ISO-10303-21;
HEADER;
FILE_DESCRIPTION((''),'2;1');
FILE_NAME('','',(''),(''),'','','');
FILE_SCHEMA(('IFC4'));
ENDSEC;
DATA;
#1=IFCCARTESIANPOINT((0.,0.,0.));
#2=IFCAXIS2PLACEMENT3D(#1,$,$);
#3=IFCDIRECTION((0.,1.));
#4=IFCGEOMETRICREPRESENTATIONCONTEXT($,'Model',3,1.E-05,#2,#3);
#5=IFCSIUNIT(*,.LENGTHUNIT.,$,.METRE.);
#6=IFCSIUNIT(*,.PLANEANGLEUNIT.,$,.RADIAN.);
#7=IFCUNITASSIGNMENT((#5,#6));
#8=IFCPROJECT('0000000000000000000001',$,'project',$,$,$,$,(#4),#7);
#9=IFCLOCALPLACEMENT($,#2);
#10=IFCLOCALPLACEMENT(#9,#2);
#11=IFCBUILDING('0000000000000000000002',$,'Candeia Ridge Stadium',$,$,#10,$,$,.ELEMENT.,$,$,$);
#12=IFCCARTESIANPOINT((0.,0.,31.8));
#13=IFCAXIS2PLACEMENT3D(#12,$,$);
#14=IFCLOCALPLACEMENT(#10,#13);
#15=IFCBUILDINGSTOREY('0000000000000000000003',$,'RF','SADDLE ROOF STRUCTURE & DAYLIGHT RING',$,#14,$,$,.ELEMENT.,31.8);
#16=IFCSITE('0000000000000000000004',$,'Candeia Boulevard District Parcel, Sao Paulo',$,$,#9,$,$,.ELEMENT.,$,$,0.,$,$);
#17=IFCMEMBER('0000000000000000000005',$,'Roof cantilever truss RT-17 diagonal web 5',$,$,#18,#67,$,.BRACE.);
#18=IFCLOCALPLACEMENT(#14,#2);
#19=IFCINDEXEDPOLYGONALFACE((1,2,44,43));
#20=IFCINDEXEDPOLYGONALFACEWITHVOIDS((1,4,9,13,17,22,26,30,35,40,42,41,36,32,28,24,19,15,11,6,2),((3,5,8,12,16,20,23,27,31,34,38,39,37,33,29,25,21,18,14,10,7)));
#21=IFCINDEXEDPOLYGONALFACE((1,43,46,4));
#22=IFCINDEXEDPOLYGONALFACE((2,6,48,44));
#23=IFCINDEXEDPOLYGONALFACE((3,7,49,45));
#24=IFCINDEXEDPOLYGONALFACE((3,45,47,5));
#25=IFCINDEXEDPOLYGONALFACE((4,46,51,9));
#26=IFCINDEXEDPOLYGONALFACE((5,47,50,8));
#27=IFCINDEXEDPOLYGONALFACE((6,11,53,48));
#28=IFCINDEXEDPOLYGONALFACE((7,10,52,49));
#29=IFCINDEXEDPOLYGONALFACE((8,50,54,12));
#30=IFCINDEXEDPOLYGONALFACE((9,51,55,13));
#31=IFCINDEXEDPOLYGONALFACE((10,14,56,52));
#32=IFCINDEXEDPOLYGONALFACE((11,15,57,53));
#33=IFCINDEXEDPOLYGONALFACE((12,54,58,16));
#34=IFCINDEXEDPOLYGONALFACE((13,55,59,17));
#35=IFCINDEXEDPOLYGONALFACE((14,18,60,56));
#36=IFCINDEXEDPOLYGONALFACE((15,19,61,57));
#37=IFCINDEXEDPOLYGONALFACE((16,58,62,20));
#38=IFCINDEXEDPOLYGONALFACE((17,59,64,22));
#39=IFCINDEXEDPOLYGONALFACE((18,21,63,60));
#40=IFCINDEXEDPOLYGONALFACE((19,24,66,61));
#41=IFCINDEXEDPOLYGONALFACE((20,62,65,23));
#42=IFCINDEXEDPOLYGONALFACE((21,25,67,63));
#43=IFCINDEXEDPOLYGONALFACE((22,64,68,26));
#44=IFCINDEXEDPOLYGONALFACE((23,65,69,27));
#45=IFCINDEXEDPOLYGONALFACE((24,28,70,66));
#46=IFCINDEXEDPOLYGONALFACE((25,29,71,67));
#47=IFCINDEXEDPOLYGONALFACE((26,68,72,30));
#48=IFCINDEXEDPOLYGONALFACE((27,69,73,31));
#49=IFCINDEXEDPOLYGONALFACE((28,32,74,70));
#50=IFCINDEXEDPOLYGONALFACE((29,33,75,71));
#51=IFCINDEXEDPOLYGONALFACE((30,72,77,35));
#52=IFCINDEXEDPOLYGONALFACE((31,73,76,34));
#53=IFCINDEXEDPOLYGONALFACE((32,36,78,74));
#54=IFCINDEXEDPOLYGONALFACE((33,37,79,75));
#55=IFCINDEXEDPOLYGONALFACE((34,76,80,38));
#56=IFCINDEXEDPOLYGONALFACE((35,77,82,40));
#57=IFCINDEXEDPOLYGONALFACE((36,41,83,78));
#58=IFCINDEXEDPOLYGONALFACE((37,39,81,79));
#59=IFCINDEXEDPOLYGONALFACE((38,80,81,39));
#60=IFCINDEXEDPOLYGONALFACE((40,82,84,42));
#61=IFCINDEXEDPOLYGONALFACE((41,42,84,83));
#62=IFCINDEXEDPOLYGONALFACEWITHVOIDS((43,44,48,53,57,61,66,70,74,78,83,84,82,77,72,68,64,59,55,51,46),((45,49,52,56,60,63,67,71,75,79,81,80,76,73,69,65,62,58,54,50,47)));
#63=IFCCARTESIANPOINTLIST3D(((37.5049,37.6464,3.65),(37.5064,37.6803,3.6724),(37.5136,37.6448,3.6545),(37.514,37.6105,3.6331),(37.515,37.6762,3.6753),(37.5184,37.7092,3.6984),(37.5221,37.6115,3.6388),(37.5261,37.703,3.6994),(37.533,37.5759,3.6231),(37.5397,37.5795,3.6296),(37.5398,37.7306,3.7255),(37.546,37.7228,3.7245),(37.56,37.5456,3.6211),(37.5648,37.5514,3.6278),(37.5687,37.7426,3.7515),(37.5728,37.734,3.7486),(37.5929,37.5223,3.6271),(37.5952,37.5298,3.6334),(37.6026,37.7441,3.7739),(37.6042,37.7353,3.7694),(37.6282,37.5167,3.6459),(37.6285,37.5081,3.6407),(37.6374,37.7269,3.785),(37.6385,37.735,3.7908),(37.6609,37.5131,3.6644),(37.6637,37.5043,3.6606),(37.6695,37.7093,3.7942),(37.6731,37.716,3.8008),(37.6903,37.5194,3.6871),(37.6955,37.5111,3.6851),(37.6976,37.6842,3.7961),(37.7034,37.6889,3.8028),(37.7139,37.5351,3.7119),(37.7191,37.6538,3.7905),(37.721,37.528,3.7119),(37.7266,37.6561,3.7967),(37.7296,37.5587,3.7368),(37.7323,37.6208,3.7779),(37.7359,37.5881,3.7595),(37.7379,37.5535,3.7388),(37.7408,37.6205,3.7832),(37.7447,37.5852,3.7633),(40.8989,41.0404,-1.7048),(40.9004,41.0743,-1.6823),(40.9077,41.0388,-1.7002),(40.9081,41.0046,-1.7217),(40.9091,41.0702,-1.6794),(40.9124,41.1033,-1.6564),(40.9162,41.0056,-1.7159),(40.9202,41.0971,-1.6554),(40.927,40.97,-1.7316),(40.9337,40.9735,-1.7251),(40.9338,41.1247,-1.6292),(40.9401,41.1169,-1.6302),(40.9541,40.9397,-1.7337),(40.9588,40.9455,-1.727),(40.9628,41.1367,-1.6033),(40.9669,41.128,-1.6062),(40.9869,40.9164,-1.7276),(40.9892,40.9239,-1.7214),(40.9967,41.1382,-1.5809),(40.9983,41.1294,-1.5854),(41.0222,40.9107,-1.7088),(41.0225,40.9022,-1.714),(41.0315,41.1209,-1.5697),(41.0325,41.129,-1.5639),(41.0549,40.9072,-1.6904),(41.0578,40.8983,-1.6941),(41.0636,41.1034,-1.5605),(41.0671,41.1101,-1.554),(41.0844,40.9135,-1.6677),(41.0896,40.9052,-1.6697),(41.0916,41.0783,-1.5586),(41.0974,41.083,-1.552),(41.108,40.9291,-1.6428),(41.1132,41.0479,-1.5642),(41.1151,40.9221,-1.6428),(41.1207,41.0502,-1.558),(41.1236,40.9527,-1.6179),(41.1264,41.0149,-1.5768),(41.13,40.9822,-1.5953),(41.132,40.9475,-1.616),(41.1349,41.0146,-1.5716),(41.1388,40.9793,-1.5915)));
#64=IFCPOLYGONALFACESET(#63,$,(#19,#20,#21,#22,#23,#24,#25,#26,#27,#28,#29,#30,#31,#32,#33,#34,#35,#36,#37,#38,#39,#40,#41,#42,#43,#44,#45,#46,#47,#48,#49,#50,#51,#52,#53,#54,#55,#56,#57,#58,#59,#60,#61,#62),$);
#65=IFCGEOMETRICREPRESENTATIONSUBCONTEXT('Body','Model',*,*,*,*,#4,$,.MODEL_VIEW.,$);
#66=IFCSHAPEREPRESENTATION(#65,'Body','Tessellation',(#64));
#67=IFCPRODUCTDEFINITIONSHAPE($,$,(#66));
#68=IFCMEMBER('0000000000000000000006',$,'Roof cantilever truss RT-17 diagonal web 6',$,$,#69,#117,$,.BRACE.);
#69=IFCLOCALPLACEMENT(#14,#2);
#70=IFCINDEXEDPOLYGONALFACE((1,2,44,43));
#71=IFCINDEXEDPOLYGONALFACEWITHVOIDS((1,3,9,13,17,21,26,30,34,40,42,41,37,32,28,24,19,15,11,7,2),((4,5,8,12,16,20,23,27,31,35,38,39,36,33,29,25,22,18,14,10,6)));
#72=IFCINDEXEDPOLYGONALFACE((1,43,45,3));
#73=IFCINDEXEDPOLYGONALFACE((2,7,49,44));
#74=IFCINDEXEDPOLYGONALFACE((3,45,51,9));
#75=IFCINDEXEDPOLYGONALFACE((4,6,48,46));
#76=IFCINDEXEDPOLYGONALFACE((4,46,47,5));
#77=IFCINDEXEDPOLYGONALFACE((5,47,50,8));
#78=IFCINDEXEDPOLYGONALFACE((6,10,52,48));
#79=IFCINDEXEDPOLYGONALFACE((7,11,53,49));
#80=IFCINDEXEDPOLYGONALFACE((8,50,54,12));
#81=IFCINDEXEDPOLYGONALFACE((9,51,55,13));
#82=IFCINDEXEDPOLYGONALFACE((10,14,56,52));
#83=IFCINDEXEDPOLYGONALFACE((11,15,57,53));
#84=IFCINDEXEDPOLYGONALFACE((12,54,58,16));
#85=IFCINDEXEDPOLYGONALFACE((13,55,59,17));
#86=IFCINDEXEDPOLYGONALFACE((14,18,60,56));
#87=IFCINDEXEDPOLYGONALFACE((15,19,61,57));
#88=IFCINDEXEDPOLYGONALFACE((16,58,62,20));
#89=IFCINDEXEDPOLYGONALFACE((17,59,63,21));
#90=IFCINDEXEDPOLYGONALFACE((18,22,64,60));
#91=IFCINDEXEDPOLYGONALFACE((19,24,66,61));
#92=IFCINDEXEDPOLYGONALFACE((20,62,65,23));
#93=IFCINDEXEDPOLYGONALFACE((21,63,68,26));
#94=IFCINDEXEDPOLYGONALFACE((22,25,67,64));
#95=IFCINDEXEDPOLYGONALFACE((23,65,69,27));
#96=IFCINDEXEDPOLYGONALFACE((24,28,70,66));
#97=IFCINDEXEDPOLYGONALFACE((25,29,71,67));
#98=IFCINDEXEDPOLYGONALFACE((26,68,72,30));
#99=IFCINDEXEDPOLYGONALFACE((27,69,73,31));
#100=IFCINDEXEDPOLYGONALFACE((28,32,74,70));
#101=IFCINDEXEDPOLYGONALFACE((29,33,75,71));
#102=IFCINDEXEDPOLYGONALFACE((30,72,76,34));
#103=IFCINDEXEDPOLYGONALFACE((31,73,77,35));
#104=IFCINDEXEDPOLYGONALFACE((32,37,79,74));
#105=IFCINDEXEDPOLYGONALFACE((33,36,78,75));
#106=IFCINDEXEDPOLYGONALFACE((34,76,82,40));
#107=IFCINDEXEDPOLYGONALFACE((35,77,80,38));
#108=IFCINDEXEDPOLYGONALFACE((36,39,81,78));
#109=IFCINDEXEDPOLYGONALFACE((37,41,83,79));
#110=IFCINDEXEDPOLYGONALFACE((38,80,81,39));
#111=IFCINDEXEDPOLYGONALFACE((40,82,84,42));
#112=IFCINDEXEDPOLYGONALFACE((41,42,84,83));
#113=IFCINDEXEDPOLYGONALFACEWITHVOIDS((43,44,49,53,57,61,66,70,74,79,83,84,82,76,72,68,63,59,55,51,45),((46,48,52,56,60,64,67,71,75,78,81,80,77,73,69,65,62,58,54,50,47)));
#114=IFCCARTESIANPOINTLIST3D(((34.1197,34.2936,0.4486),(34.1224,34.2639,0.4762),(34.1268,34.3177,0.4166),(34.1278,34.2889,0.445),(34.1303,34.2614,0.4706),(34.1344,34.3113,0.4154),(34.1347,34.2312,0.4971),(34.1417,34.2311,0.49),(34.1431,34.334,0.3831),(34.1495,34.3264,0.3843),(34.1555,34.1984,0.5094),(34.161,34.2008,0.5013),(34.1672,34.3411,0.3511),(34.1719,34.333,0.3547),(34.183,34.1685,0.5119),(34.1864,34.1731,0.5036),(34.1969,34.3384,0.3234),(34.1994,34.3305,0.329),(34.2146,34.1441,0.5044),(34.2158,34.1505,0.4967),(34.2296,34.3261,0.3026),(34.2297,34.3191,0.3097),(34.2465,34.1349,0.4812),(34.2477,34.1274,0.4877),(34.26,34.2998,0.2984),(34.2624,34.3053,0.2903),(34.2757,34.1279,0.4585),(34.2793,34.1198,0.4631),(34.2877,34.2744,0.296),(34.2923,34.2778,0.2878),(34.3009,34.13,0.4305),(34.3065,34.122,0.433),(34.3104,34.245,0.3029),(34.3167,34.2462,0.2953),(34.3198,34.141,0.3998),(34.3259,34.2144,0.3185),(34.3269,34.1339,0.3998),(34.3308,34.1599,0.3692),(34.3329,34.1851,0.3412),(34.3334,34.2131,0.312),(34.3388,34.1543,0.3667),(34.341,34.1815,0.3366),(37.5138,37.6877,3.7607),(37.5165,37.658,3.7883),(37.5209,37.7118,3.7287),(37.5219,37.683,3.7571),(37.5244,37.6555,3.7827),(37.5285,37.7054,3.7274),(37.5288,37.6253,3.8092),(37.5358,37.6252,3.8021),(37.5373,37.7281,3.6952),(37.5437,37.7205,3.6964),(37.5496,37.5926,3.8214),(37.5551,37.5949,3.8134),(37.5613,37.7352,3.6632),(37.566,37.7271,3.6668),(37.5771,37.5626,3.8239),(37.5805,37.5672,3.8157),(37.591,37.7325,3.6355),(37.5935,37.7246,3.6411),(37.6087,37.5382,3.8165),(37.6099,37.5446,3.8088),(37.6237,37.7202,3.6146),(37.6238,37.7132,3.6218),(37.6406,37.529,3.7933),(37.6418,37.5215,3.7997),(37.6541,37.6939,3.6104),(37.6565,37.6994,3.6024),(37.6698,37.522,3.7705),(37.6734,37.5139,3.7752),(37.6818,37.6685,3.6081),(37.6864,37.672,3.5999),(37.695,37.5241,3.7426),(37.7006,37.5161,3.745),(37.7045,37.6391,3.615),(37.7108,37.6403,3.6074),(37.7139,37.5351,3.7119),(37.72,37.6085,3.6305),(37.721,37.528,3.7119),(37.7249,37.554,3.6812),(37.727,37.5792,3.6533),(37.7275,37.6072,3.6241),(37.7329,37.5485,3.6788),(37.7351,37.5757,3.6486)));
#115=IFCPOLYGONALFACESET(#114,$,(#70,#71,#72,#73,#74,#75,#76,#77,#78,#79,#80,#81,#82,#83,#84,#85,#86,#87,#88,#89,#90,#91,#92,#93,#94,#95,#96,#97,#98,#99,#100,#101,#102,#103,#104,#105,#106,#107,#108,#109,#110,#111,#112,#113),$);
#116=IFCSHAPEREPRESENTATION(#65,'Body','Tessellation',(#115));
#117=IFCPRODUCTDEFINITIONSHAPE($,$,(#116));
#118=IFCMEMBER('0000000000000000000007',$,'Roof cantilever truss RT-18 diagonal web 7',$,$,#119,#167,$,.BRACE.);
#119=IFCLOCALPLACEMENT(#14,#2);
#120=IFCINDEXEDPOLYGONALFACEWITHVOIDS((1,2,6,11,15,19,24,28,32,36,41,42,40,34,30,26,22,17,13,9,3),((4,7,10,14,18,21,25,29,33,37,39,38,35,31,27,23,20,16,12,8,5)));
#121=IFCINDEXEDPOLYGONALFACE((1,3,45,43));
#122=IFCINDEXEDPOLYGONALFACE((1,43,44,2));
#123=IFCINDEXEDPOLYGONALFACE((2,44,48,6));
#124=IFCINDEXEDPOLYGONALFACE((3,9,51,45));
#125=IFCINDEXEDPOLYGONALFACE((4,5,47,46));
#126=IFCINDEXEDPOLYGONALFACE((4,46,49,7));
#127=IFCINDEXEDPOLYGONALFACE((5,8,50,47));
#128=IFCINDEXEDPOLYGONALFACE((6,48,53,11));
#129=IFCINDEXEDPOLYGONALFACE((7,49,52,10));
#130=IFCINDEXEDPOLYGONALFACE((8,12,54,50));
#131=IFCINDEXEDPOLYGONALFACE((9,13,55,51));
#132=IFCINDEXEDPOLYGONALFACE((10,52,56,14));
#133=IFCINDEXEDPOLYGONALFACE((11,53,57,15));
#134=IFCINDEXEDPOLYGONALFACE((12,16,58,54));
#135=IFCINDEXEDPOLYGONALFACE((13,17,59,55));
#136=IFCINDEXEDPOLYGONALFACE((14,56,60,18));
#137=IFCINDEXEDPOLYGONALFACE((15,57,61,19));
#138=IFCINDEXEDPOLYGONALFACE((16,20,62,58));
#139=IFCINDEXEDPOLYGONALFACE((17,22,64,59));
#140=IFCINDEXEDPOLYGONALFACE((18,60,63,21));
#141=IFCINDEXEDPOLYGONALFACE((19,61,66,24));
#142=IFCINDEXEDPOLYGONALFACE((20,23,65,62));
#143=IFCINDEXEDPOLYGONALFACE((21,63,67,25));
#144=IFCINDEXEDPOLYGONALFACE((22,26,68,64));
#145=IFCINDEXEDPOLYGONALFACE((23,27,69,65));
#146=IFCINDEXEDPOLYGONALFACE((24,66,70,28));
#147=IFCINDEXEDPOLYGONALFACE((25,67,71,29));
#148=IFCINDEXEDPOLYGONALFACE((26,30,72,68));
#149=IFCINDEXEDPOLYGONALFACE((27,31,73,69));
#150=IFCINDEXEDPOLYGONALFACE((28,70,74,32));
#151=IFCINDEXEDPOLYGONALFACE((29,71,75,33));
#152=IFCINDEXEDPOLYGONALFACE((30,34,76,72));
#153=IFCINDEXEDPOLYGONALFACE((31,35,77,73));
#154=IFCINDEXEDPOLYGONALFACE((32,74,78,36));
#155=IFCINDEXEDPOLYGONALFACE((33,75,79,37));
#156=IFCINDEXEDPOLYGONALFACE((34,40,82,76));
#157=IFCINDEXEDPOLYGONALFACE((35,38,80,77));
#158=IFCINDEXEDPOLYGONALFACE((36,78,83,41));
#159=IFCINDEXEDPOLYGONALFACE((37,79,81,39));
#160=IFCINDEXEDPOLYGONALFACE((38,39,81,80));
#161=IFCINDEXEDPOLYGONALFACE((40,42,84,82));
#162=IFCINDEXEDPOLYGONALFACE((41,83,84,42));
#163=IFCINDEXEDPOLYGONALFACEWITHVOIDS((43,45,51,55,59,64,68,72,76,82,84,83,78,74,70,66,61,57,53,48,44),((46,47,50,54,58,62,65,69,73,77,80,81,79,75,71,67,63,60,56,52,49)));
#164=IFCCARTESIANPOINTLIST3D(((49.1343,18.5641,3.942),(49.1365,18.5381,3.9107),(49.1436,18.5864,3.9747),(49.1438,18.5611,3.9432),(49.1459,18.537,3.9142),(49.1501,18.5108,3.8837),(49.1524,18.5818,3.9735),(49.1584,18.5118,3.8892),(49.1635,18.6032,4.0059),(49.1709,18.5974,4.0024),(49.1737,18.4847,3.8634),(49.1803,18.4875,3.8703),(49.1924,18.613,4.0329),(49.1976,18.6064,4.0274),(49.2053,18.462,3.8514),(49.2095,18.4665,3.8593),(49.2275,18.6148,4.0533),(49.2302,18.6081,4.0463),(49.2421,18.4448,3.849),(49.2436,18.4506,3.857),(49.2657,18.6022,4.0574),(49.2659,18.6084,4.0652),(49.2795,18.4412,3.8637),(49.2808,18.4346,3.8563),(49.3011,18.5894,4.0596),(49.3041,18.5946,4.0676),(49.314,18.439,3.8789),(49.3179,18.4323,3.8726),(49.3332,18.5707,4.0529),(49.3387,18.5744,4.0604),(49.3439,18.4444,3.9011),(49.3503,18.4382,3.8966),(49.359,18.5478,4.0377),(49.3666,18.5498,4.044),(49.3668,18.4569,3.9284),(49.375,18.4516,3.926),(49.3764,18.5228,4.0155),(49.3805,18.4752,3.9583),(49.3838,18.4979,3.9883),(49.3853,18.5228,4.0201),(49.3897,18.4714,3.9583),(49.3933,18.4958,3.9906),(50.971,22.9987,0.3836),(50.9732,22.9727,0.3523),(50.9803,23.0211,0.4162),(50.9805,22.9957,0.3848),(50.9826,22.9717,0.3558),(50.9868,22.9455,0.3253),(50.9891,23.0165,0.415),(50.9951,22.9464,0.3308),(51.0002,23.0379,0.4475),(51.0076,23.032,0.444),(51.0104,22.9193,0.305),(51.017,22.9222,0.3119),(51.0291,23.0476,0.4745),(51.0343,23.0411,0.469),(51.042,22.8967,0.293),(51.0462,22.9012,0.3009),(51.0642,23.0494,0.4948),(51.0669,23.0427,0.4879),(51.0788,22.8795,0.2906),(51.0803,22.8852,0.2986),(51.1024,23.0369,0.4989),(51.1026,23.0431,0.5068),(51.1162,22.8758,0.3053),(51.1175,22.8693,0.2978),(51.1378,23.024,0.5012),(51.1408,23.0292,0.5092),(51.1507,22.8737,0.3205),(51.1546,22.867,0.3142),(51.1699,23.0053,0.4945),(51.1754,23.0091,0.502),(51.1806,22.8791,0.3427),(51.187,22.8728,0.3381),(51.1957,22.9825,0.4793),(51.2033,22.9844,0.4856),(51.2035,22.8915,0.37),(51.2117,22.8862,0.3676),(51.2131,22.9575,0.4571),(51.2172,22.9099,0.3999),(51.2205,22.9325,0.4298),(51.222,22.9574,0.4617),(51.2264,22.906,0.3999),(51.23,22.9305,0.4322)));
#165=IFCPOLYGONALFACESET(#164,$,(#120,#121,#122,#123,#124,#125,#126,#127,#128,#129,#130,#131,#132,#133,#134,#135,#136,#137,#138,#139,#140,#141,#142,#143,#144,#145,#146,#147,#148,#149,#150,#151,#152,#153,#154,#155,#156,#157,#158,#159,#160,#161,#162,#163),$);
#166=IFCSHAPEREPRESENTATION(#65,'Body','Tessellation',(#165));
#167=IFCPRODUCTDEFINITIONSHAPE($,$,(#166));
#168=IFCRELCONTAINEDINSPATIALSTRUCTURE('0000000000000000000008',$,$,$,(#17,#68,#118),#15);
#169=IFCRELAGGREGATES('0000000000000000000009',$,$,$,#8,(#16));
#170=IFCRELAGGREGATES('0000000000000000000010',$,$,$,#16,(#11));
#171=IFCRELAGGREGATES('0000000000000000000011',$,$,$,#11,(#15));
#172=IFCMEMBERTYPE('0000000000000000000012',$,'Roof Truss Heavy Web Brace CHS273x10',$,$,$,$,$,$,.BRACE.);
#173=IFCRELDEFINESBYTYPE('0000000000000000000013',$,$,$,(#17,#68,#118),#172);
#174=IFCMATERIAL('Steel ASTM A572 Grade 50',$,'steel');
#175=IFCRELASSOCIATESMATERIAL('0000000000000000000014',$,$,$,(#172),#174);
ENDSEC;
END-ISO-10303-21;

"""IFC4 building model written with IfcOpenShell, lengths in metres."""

from ifc_helpers import new_model, si_unit, direction, frame, origin, origin_2d, place, context, subcontext, project, spatial, hollow_circle, extrude, material, material_profile, profile_set, type_object, element, save


model = new_model("IFC4")

# Units and contexts
model_context = context("Model", 3, precision=1e-05, world=origin(), true_north=direction((0.0, 1.0)))
body_context = subcontext(model_context, "Body", "Model", "MODEL_VIEW")
ifc_project = project(units=[si_unit("LENGTHUNIT", "METRE"), si_unit("PLANEANGLEUNIT", "RADIAN")], contexts=[model_context])

# Site, building, storey
site_placement = place(None, origin())
site = spatial("IfcSite", under=ifc_project, at=site_placement, Name="Candeia Boulevard District Parcel, Sao Paulo", CompositionType="ELEMENT", RefElevation=0.0)
building_placement = place(site_placement, origin())
building = spatial("IfcBuilding", under=site, at=building_placement, Name="Candeia Ridge Stadium", CompositionType="ELEMENT")
storey_placement = place(building_placement, frame((0.0, 0.0, 31.8)))
storey = spatial("IfcBuildingStorey", under=building, at=storey_placement, Name="RF", Description="SADDLE ROOF STRUCTURE & DAYLIGHT RING", CompositionType="ELEMENT", Elevation=31.8)

# Shared definitions
ifc_material_1 = material(Name="Steel ASTM A572 Grade 50", Category="steel")

# Members
ifc_material_profile_1 = material_profile(ifc_material_1, hollow_circle(Radius=0.1365, WallThickness=0.01, at=origin_2d()), Name="CHS273x10", Category="steel")
ifc_profile_set_1 = profile_set([ifc_material_profile_1], Name="Steel ASTM A572 Grade 50")
member_type_1 = type_object("IfcMemberType", Name="Roof Truss Heavy Web Brace CHS273x10", PredefinedType="BRACE", material=ifc_profile_set_1)
member_1_placement = place(storey_placement, frame((41.0186, 41.0186, -1.6428), z_axis=(-0.471977, -0.471977, 0.744631), x_axis=(0.707107, -0.707107, 0.0)))
element("IfcMember", 1, at=member_1_placement, inside=storey, type_object=member_type_1, Name="Roof cantilever truss RT-17 diagonal web 5", PredefinedType="BRACE", context=body_context, shape_type="SweptSolid", body=[
    extrude(hollow_circle(Radius=0.1365, WallThickness=0.01, at=origin_2d()), origin(), (0.0, 0.0, 1.0), 7.1912),
])
member_2_placement = place(storey_placement, frame((37.6245, 37.6245, 3.7119), z_axis=(-0.582001, -0.582001, -0.567935), x_axis=(0.707107, -0.707107, 0.0)))
element("IfcMember", 2, at=member_2_placement, inside=storey, type_object=member_type_1, Name="Roof cantilever truss RT-17 diagonal web 6", PredefinedType="BRACE", context=body_context, shape_type="SweptSolid", body=[
    extrude(hollow_circle(Radius=0.1365, WallThickness=0.01, at=origin_2d()), origin(), (0.0, 0.0, 1.0), 5.8318),
])
member_3_placement = place(storey_placement, frame((51.1003, 22.9583, 0.3999), z_axis=(-0.307392, -0.742188, 0.59554), x_axis=(0.923893, -0.38265, 0.0)))
element("IfcMember", 3, at=member_3_placement, inside=storey, type_object=member_type_1, Name="Roof cantilever truss RT-18 diagonal web 7", PredefinedType="BRACE", context=body_context, shape_type="SweptSolid", body=[
    extrude(hollow_circle(Radius=0.1365, WallThickness=0.01, at=origin_2d()), origin(), (0.0, 0.0, 1.0), 5.9751),
])

save(model, "model.ifc")
